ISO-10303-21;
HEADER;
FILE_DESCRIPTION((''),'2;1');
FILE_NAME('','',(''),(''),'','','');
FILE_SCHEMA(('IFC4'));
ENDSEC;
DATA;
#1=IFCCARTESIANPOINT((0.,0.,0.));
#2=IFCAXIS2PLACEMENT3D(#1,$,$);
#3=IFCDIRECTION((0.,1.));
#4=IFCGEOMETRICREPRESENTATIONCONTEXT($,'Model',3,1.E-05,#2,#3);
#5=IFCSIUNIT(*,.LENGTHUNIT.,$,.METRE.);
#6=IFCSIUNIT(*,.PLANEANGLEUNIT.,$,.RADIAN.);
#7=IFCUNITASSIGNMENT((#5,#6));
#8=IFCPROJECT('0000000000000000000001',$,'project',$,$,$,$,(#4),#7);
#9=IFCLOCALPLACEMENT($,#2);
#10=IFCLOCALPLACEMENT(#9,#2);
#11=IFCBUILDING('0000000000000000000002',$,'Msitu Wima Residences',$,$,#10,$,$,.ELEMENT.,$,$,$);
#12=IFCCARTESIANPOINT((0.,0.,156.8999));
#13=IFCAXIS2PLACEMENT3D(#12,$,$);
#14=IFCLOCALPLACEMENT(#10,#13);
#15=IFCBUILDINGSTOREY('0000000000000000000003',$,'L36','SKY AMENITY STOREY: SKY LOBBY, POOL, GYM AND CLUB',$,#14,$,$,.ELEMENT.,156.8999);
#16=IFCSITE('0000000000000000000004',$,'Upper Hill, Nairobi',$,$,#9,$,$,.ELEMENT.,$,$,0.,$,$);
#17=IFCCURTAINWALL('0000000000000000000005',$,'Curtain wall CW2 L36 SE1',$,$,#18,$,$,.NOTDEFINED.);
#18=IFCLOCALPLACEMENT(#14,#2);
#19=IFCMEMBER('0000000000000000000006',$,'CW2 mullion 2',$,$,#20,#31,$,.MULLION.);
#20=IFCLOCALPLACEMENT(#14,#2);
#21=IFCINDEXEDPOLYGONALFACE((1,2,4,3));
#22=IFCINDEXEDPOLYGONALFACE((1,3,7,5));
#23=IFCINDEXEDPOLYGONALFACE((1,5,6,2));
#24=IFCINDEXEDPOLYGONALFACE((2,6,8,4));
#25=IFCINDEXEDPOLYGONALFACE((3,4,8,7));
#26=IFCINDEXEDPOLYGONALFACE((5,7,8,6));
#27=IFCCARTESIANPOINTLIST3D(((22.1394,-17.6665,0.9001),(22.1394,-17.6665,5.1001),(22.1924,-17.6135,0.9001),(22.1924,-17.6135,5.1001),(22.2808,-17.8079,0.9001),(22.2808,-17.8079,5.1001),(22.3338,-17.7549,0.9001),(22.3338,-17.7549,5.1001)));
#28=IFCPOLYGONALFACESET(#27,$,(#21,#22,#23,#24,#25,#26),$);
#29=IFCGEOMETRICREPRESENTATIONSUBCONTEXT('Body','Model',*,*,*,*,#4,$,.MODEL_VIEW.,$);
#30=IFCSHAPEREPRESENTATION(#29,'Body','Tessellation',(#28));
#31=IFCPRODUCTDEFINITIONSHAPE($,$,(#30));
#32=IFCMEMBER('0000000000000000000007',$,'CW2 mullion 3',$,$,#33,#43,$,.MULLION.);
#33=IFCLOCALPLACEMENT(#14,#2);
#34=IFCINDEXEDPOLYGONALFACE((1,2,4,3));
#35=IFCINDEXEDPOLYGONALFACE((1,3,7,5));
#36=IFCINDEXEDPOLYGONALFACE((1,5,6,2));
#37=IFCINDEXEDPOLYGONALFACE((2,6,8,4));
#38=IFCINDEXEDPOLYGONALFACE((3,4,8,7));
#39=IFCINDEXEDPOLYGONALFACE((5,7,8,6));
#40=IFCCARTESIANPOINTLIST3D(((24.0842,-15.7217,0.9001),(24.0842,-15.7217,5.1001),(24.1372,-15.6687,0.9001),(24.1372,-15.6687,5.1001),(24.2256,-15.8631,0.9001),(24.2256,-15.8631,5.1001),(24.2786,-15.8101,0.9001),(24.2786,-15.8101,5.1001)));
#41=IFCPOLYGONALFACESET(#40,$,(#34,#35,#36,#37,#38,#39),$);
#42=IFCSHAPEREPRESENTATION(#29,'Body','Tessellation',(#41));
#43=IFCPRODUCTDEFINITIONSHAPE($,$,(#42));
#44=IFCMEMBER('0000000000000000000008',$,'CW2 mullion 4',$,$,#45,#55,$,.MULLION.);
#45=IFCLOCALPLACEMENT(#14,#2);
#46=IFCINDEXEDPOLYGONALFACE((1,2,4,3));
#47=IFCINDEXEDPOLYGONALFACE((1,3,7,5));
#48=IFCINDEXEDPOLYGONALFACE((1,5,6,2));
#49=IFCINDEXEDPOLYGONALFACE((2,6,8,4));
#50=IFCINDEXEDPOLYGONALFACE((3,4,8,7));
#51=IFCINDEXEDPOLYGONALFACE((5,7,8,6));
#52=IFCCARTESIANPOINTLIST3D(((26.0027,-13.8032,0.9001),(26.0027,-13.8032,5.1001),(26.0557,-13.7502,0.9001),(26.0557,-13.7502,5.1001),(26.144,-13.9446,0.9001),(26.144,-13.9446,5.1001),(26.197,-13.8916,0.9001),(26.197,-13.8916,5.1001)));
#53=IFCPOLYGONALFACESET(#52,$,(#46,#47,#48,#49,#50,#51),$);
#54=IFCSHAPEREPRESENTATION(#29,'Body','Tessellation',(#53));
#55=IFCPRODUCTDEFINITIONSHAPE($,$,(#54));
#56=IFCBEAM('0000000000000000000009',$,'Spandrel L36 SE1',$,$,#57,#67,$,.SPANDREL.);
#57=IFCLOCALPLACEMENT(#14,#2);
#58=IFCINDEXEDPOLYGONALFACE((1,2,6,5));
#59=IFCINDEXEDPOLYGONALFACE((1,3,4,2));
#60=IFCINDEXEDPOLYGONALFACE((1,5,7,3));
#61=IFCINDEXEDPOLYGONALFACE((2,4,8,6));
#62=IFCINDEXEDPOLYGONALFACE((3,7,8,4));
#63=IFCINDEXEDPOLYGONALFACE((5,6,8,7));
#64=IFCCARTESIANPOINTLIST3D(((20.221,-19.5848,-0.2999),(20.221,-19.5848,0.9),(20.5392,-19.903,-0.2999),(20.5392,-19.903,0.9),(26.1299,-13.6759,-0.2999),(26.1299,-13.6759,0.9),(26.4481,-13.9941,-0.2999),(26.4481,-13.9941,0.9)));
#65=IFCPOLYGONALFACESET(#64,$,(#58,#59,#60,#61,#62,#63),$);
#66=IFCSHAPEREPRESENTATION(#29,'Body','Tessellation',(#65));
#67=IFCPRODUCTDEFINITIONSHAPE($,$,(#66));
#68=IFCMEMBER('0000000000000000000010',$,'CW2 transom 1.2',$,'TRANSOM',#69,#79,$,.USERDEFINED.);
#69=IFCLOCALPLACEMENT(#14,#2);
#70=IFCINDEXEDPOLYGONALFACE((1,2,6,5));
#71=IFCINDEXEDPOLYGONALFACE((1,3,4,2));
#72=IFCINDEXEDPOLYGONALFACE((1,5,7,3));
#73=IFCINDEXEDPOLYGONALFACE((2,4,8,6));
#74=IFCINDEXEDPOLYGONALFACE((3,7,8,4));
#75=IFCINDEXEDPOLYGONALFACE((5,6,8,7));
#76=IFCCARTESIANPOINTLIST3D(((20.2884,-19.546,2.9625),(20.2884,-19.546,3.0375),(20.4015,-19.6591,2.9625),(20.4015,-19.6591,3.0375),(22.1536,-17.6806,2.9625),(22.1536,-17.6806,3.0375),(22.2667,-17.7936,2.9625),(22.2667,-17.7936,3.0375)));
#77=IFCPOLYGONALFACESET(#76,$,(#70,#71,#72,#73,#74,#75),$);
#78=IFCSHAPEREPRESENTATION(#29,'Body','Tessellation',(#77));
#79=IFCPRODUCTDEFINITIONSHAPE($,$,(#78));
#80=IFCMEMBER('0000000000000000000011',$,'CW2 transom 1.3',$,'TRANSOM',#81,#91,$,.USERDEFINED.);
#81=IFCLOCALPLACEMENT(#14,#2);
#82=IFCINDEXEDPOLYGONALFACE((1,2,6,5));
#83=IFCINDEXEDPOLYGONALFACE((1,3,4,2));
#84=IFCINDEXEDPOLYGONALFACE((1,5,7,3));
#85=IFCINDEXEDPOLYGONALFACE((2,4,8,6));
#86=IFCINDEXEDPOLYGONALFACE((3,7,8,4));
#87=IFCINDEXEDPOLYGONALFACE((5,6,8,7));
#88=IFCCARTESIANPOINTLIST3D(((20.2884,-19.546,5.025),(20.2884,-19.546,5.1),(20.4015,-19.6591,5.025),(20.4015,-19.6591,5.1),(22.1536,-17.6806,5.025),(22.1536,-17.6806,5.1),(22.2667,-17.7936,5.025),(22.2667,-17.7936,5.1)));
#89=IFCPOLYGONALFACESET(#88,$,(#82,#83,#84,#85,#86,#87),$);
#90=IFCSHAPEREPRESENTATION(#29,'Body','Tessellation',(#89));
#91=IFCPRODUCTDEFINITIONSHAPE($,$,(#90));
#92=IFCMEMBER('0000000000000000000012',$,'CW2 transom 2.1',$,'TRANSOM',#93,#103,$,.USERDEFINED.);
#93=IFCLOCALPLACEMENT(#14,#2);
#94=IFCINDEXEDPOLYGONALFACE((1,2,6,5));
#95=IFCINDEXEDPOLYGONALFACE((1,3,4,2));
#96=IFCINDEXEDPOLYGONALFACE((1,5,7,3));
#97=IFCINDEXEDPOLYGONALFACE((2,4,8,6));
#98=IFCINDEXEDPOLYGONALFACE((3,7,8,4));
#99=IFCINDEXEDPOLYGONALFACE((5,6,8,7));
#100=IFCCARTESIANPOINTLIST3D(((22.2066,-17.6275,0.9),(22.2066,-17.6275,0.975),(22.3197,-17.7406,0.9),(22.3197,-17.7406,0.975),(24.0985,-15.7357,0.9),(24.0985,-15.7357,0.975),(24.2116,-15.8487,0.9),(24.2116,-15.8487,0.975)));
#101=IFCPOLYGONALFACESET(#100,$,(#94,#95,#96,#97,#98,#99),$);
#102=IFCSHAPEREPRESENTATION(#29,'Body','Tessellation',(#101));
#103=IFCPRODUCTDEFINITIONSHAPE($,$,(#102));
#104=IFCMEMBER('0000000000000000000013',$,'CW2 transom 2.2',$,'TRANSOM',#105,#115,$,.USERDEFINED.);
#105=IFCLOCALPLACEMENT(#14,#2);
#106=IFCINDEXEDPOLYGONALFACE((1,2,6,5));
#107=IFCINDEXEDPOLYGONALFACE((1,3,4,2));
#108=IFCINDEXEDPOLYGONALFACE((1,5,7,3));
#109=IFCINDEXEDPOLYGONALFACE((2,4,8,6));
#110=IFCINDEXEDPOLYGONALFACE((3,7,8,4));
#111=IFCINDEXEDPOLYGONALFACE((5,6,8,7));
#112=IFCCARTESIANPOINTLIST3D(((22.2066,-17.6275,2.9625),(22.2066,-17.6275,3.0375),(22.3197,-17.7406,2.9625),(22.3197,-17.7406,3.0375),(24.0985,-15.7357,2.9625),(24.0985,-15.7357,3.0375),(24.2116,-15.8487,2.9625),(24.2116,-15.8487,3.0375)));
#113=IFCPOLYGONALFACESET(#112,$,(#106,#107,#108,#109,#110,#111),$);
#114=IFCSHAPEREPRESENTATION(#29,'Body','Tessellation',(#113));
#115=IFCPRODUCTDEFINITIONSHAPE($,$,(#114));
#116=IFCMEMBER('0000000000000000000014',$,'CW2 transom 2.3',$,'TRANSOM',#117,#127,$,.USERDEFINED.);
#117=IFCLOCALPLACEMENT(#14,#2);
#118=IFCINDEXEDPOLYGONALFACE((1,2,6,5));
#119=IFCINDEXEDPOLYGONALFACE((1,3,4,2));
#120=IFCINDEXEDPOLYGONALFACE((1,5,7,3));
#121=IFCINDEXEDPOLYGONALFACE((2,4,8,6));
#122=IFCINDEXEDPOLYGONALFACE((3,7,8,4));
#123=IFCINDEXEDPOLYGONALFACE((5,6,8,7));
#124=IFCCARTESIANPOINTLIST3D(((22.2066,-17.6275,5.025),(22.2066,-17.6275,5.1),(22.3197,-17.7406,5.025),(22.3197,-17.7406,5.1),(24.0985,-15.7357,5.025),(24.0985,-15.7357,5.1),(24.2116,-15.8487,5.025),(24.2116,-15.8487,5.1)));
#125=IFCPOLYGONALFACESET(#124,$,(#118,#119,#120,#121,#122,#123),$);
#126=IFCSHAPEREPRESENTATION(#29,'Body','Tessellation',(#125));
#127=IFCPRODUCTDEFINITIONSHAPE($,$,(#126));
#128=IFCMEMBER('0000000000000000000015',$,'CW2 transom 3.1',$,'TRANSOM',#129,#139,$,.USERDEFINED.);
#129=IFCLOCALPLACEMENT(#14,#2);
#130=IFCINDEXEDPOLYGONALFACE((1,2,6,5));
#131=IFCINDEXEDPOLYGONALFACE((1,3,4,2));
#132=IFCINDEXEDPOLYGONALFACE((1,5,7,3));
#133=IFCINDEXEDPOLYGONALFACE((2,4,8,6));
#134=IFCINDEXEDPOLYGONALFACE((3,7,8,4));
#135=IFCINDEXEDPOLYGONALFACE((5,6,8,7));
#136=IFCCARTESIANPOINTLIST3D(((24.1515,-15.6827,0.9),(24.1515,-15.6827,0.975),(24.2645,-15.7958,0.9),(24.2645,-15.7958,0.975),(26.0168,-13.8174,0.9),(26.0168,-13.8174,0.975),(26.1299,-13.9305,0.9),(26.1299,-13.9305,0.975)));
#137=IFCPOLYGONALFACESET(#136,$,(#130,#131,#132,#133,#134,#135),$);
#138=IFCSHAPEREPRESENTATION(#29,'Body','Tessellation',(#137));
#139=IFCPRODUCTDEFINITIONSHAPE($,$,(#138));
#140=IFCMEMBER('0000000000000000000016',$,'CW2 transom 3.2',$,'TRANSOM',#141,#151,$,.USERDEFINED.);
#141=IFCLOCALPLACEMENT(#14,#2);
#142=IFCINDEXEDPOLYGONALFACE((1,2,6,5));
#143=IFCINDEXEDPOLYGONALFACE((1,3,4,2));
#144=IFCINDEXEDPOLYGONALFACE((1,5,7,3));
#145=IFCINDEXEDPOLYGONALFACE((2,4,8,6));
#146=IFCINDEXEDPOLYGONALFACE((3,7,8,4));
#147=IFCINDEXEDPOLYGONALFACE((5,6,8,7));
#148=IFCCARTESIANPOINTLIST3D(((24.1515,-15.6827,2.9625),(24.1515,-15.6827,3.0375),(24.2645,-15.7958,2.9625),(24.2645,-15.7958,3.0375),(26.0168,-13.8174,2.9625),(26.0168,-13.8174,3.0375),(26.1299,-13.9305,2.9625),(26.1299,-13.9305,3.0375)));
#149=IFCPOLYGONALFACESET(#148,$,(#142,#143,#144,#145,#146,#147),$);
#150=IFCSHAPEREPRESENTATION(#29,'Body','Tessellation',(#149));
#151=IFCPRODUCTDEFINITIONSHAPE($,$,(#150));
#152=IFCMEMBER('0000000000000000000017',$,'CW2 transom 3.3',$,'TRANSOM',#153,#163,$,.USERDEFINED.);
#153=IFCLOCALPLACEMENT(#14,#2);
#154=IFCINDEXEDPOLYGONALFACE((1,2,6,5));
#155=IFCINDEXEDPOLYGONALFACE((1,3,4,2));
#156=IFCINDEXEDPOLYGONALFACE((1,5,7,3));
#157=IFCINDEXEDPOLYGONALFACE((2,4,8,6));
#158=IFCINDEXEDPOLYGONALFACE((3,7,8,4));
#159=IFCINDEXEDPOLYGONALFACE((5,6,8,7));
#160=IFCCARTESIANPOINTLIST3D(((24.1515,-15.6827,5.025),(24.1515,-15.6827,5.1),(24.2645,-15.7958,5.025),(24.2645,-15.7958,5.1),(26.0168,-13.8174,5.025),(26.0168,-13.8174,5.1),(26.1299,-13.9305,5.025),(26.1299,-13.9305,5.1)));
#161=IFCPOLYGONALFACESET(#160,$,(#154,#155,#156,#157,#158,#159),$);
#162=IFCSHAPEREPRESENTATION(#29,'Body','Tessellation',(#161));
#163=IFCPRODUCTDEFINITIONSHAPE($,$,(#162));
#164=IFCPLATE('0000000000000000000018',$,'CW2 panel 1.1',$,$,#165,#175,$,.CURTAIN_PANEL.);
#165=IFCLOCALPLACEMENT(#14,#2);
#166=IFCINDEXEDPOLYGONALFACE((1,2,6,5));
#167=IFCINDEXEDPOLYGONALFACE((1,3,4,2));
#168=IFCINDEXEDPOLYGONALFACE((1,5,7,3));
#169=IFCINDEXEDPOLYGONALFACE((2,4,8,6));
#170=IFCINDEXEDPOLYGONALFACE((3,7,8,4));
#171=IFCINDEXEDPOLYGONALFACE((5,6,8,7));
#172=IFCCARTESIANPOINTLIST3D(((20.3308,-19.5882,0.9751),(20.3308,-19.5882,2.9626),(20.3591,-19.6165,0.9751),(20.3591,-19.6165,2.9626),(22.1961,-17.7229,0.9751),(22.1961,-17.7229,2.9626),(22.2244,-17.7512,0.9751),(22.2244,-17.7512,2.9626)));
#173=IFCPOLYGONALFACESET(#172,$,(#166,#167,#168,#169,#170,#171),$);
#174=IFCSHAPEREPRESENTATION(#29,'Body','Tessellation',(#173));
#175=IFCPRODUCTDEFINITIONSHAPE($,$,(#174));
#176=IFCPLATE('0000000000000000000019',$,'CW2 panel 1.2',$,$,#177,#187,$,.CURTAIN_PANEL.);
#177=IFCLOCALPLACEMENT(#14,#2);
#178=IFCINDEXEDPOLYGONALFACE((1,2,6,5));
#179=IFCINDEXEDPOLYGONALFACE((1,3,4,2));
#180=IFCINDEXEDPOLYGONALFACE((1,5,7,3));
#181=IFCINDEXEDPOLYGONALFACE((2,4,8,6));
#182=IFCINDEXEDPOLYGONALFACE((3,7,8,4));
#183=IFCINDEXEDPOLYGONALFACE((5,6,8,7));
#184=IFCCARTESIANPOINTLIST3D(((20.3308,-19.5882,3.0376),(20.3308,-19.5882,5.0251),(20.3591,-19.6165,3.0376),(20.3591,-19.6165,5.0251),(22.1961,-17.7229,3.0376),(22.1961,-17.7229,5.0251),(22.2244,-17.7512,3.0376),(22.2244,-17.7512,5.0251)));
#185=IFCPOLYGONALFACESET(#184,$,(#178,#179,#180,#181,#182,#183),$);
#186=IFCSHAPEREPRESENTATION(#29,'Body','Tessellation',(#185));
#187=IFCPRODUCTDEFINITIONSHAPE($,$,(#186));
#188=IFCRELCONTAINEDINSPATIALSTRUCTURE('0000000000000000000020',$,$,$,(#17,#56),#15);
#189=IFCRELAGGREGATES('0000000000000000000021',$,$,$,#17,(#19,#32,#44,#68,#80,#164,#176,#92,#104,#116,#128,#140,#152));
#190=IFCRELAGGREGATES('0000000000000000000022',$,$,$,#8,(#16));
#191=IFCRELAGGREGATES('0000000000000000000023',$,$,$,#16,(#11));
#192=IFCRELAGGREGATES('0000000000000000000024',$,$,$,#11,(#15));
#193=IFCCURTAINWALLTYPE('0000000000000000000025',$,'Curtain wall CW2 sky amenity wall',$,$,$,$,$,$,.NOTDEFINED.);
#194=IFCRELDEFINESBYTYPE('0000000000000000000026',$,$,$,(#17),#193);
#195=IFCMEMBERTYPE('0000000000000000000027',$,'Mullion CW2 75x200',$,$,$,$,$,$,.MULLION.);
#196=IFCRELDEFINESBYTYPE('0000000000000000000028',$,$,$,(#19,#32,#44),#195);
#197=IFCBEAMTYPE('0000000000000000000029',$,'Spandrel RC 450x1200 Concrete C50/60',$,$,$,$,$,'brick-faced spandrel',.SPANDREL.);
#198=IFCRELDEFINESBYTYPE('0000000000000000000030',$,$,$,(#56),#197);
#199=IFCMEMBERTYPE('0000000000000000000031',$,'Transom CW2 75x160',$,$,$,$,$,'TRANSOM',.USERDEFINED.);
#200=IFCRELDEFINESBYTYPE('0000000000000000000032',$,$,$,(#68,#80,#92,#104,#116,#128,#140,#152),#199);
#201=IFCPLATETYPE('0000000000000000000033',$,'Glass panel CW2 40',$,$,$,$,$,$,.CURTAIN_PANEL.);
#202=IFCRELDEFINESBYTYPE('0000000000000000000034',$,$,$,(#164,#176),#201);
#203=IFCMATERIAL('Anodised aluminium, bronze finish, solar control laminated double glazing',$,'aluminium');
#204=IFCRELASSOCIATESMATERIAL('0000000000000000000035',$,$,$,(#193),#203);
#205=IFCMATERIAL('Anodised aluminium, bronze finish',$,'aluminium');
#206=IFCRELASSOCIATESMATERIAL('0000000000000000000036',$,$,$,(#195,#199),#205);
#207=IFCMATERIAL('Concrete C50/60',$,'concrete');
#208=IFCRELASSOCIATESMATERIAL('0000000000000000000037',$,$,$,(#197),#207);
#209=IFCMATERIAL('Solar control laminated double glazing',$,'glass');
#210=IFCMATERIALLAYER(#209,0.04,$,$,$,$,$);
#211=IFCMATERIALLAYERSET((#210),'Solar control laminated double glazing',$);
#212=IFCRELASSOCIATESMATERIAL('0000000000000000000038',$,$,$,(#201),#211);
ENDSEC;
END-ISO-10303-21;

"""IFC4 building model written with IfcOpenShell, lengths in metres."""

from ifc_helpers import new_model, si_unit, direction, frame, origin, origin_2d, place, context, subcontext, project, spatial, rectangle, extrude, material, layer, layer_set, material_profile, profile_set, type_object, element, aggregate, save


model = new_model("IFC4")

# Units and contexts
model_context = context("Model", 3, precision=1e-05, world=origin(), true_north=direction((0.0, 1.0)))
body_context = subcontext(model_context, "Body", "Model", "MODEL_VIEW")
ifc_project = project(units=[si_unit("LENGTHUNIT", "METRE"), si_unit("PLANEANGLEUNIT", "RADIAN")], contexts=[model_context])

# Site, building, storey
site_placement = place(None, origin())
site = spatial("IfcSite", under=ifc_project, at=site_placement, Name="Upper Hill, Nairobi", CompositionType="ELEMENT", RefElevation=0.0)
building_placement = place(site_placement, origin())
building = spatial("IfcBuilding", under=site, at=building_placement, Name="Msitu Wima Residences", CompositionType="ELEMENT")
storey_placement = place(building_placement, frame((0.0, 0.0, 156.8999)))
storey = spatial("IfcBuildingStorey", under=building, at=storey_placement, Name="L36", Description="SKY AMENITY STOREY: SKY LOBBY, POOL, GYM AND CLUB", CompositionType="ELEMENT", Elevation=156.8999)

# Curtain wall, members
ifc_material_1 = material(Name="Anodised aluminium, bronze finish, solar control laminated double glazing", Category="aluminium")
curtain_wall_type = type_object("IfcCurtainWallType", Name="Curtain wall CW2 sky amenity wall", PredefinedType="NOTDEFINED", material=ifc_material_1)
curtain_wall_placement = place(storey_placement, origin())
curtain_wall = element("IfcCurtainWall", 1, at=curtain_wall_placement, inside=storey, type_object=curtain_wall_type, Name="Curtain wall CW2 L36 SE1", PredefinedType="NOTDEFINED")
ifc_material_2 = material(Name="Anodised aluminium, bronze finish", Category="aluminium")
ifc_material_profile_1 = material_profile(ifc_material_2, rectangle(XDim=0.2, YDim=0.075, at=origin_2d()), Name="Mullion 75x200")
ifc_profile_set_1 = profile_set([ifc_material_profile_1], Name="Anodised aluminium, bronze finish")
member_type_1 = type_object("IfcMemberType", Name="Mullion CW2 75x200", PredefinedType="MULLION", material=ifc_profile_set_1)
member_1_placement = place(storey_placement, frame((22.2366, -17.7107, 0.9001), z_axis=(0.0, 0.0, 1.0), x_axis=(-0.707107, 0.707107, 0.0)))
member_1 = element("IfcMember", 2, at=member_1_placement, type_object=member_type_1, Name="CW2 mullion 2", PredefinedType="MULLION", context=body_context, shape_type="SweptSolid", body=[
    extrude(rectangle(XDim=0.2, YDim=0.075, at=origin_2d()), origin(), (0.0, 0.0, 1.0), 4.2),
])
member_2_placement = place(storey_placement, frame((24.1814, -15.7659, 0.9001), z_axis=(0.0, 0.0, 1.0), x_axis=(-0.707107, 0.707107, 0.0)))
member_2 = element("IfcMember", 3, at=member_2_placement, type_object=member_type_1, Name="CW2 mullion 3", PredefinedType="MULLION", context=body_context, shape_type="SweptSolid", body=[
    extrude(rectangle(XDim=0.2, YDim=0.075, at=origin_2d()), origin(), (0.0, 0.0, 1.0), 4.2),
])
member_3_placement = place(storey_placement, frame((26.0999, -13.8474, 0.9001), z_axis=(0.0, 0.0, 1.0), x_axis=(-0.707107, 0.707107, 0.0)))
member_3 = element("IfcMember", 4, at=member_3_placement, type_object=member_type_1, Name="CW2 mullion 4", PredefinedType="MULLION", context=body_context, shape_type="SweptSolid", body=[
    extrude(rectangle(XDim=0.2, YDim=0.075, at=origin_2d()), origin(), (0.0, 0.0, 1.0), 4.2),
])

# Beam
ifc_material_3 = material(Name="Concrete C50/60", Category="concrete")
ifc_material_profile_2 = material_profile(ifc_material_3, rectangle(XDim=0.45, YDim=1.2, at=origin_2d()), Name="RC 450x1200")
ifc_profile_set_2 = profile_set([ifc_material_profile_2], Name="Concrete C50/60")
beam_type = type_object("IfcBeamType", Name="Spandrel RC 450x1200 Concrete C50/60", ElementType="brick-faced spandrel", PredefinedType="SPANDREL", material=ifc_profile_set_2)
beam_placement = place(storey_placement, frame((20.3801, -19.7439, 0.3), z_axis=(0.707107, 0.707107, 0.0), x_axis=(-0.707107, 0.707107, 0.0)))
element("IfcBeam", 5, at=beam_placement, inside=storey, type_object=beam_type, Name="Spandrel L36 SE1", PredefinedType="SPANDREL", context=body_context, shape_type="SweptSolid", body=[
    extrude(rectangle(XDim=0.45, YDim=1.2, at=origin_2d()), origin(), (0.0, 0.0, 1.0), 8.3564),
])

# Members
ifc_material_profile_3 = material_profile(ifc_material_2, rectangle(XDim=0.1599, YDim=0.075, at=origin_2d()), Name="Transom 75x160")
ifc_profile_set_3 = profile_set([ifc_material_profile_3], Name="Anodised aluminium, bronze finish")
member_type_2 = type_object("IfcMemberType", Name="Transom CW2 75x160", ElementType="TRANSOM", PredefinedType="USERDEFINED", material=ifc_profile_set_3)
member_4_placement = place(storey_placement, frame((20.345, -19.6025, 3.0), z_axis=(0.707061, 0.707153, 0.0), x_axis=(-0.707153, 0.707061, 0.0)))
member_4 = element("IfcMember", 6, at=member_4_placement, type_object=member_type_2, Name="CW2 transom 1.2", ObjectType="TRANSOM", PredefinedType="USERDEFINED", context=body_context, shape_type="SweptSolid", body=[
    extrude(rectangle(XDim=0.1599, YDim=0.075, at=origin_2d()), origin(), (0.0, 0.0, 1.0), 2.6379),
])
member_5_placement = place(storey_placement, frame((20.345, -19.6025, 5.0625), z_axis=(0.707061, 0.707153, 0.0), x_axis=(-0.707153, 0.707061, 0.0)))
member_5 = element("IfcMember", 7, at=member_5_placement, type_object=member_type_2, Name="CW2 transom 1.3", ObjectType="TRANSOM", PredefinedType="USERDEFINED", context=body_context, shape_type="SweptSolid", body=[
    extrude(rectangle(XDim=0.1599, YDim=0.075, at=origin_2d()), origin(), (0.0, 0.0, 1.0), 2.6379),
])
member_6_placement = place(storey_placement, frame((22.2632, -17.6841, 0.9375), z_axis=(0.707107, 0.707107, 0.0), x_axis=(-0.707107, 0.707107, 0.0)))
member_6 = element("IfcMember", 8, at=member_6_placement, type_object=member_type_2, Name="CW2 transom 2.1", ObjectType="TRANSOM", PredefinedType="USERDEFINED", context=body_context, shape_type="SweptSolid", body=[
    extrude(rectangle(XDim=0.1599, YDim=0.075, at=origin_2d()), origin(), (0.0, 0.0, 1.0), 2.6755),
])
member_7_placement = place(storey_placement, frame((22.2632, -17.6841, 3.0), z_axis=(0.707107, 0.707107, 0.0), x_axis=(-0.707107, 0.707107, 0.0)))
member_7 = element("IfcMember", 9, at=member_7_placement, type_object=member_type_2, Name="CW2 transom 2.2", ObjectType="TRANSOM", PredefinedType="USERDEFINED", context=body_context, shape_type="SweptSolid", body=[
    extrude(rectangle(XDim=0.1599, YDim=0.075, at=origin_2d()), origin(), (0.0, 0.0, 1.0), 2.6755),
])
member_8_placement = place(storey_placement, frame((22.2632, -17.6841, 5.0625), z_axis=(0.707107, 0.707107, 0.0), x_axis=(-0.707107, 0.707107, 0.0)))
member_8 = element("IfcMember", 10, at=member_8_placement, type_object=member_type_2, Name="CW2 transom 2.3", ObjectType="TRANSOM", PredefinedType="USERDEFINED", context=body_context, shape_type="SweptSolid", body=[
    extrude(rectangle(XDim=0.1599, YDim=0.075, at=origin_2d()), origin(), (0.0, 0.0, 1.0), 2.6755),
])
member_9_placement = place(storey_placement, frame((24.208, -15.7393, 0.9375), z_axis=(0.707107, 0.707107, 0.0), x_axis=(-0.707107, 0.707107, 0.0)))
member_9 = element("IfcMember", 11, at=member_9_placement, type_object=member_type_2, Name="CW2 transom 3.1", ObjectType="TRANSOM", PredefinedType="USERDEFINED", context=body_context, shape_type="SweptSolid", body=[
    extrude(rectangle(XDim=0.1599, YDim=0.075, at=origin_2d()), origin(), (0.0, 0.0, 1.0), 2.6379),
])
member_10_placement = place(storey_placement, frame((24.208, -15.7393, 3.0), z_axis=(0.707107, 0.707107, 0.0), x_axis=(-0.707107, 0.707107, 0.0)))
member_10 = element("IfcMember", 12, at=member_10_placement, type_object=member_type_2, Name="CW2 transom 3.2", ObjectType="TRANSOM", PredefinedType="USERDEFINED", context=body_context, shape_type="SweptSolid", body=[
    extrude(rectangle(XDim=0.1599, YDim=0.075, at=origin_2d()), origin(), (0.0, 0.0, 1.0), 2.6379),
])
member_11_placement = place(storey_placement, frame((24.208, -15.7393, 5.0625), z_axis=(0.707107, 0.707107, 0.0), x_axis=(-0.707107, 0.707107, 0.0)))
member_11 = element("IfcMember", 13, at=member_11_placement, type_object=member_type_2, Name="CW2 transom 3.3", ObjectType="TRANSOM", PredefinedType="USERDEFINED", context=body_context, shape_type="SweptSolid", body=[
    extrude(rectangle(XDim=0.1599, YDim=0.075, at=origin_2d()), origin(), (0.0, 0.0, 1.0), 2.6379),
])

# Plates
ifc_material_4 = material(Name="Solar control laminated double glazing", Category="glass")
ifc_layer = layer(ifc_material_4, 0.04)
ifc_layer_set = layer_set([ifc_layer], Name="Solar control laminated double glazing")
plate_type = type_object("IfcPlateType", Name="Glass panel CW2 40", PredefinedType="CURTAIN_PANEL", material=ifc_layer_set)
plate_1_placement = place(storey_placement, frame((21.2776, -18.6697, 0.9751), z_axis=(0.0, 0.0, 1.0), x_axis=(0.707107, 0.707107, 0.0)))
plate_1 = element("IfcPlate", 14, at=plate_1_placement, type_object=plate_type, Name="CW2 panel 1.1", PredefinedType="CURTAIN_PANEL", context=body_context, shape_type="SweptSolid", body=[
    extrude(rectangle(XDim=2.6379, YDim=0.04, at=origin_2d()), origin(), (0.0, 0.0, 1.0), 1.9875),
])
plate_2_placement = place(storey_placement, frame((21.2776, -18.6697, 3.0376), z_axis=(0.0, 0.0, 1.0), x_axis=(0.707107, 0.707107, 0.0)))
plate_2 = element("IfcPlate", 15, at=plate_2_placement, type_object=plate_type, Name="CW2 panel 1.2", PredefinedType="CURTAIN_PANEL", context=body_context, shape_type="SweptSolid", body=[
    extrude(rectangle(XDim=2.6379, YDim=0.04, at=origin_2d()), origin(), (0.0, 0.0, 1.0), 1.9875),
])
aggregate(curtain_wall, [member_1, member_2, member_3, member_4, member_5, plate_1, plate_2, member_6, member_7, member_8, member_9, member_10, member_11])

save(model, "model.ifc")
